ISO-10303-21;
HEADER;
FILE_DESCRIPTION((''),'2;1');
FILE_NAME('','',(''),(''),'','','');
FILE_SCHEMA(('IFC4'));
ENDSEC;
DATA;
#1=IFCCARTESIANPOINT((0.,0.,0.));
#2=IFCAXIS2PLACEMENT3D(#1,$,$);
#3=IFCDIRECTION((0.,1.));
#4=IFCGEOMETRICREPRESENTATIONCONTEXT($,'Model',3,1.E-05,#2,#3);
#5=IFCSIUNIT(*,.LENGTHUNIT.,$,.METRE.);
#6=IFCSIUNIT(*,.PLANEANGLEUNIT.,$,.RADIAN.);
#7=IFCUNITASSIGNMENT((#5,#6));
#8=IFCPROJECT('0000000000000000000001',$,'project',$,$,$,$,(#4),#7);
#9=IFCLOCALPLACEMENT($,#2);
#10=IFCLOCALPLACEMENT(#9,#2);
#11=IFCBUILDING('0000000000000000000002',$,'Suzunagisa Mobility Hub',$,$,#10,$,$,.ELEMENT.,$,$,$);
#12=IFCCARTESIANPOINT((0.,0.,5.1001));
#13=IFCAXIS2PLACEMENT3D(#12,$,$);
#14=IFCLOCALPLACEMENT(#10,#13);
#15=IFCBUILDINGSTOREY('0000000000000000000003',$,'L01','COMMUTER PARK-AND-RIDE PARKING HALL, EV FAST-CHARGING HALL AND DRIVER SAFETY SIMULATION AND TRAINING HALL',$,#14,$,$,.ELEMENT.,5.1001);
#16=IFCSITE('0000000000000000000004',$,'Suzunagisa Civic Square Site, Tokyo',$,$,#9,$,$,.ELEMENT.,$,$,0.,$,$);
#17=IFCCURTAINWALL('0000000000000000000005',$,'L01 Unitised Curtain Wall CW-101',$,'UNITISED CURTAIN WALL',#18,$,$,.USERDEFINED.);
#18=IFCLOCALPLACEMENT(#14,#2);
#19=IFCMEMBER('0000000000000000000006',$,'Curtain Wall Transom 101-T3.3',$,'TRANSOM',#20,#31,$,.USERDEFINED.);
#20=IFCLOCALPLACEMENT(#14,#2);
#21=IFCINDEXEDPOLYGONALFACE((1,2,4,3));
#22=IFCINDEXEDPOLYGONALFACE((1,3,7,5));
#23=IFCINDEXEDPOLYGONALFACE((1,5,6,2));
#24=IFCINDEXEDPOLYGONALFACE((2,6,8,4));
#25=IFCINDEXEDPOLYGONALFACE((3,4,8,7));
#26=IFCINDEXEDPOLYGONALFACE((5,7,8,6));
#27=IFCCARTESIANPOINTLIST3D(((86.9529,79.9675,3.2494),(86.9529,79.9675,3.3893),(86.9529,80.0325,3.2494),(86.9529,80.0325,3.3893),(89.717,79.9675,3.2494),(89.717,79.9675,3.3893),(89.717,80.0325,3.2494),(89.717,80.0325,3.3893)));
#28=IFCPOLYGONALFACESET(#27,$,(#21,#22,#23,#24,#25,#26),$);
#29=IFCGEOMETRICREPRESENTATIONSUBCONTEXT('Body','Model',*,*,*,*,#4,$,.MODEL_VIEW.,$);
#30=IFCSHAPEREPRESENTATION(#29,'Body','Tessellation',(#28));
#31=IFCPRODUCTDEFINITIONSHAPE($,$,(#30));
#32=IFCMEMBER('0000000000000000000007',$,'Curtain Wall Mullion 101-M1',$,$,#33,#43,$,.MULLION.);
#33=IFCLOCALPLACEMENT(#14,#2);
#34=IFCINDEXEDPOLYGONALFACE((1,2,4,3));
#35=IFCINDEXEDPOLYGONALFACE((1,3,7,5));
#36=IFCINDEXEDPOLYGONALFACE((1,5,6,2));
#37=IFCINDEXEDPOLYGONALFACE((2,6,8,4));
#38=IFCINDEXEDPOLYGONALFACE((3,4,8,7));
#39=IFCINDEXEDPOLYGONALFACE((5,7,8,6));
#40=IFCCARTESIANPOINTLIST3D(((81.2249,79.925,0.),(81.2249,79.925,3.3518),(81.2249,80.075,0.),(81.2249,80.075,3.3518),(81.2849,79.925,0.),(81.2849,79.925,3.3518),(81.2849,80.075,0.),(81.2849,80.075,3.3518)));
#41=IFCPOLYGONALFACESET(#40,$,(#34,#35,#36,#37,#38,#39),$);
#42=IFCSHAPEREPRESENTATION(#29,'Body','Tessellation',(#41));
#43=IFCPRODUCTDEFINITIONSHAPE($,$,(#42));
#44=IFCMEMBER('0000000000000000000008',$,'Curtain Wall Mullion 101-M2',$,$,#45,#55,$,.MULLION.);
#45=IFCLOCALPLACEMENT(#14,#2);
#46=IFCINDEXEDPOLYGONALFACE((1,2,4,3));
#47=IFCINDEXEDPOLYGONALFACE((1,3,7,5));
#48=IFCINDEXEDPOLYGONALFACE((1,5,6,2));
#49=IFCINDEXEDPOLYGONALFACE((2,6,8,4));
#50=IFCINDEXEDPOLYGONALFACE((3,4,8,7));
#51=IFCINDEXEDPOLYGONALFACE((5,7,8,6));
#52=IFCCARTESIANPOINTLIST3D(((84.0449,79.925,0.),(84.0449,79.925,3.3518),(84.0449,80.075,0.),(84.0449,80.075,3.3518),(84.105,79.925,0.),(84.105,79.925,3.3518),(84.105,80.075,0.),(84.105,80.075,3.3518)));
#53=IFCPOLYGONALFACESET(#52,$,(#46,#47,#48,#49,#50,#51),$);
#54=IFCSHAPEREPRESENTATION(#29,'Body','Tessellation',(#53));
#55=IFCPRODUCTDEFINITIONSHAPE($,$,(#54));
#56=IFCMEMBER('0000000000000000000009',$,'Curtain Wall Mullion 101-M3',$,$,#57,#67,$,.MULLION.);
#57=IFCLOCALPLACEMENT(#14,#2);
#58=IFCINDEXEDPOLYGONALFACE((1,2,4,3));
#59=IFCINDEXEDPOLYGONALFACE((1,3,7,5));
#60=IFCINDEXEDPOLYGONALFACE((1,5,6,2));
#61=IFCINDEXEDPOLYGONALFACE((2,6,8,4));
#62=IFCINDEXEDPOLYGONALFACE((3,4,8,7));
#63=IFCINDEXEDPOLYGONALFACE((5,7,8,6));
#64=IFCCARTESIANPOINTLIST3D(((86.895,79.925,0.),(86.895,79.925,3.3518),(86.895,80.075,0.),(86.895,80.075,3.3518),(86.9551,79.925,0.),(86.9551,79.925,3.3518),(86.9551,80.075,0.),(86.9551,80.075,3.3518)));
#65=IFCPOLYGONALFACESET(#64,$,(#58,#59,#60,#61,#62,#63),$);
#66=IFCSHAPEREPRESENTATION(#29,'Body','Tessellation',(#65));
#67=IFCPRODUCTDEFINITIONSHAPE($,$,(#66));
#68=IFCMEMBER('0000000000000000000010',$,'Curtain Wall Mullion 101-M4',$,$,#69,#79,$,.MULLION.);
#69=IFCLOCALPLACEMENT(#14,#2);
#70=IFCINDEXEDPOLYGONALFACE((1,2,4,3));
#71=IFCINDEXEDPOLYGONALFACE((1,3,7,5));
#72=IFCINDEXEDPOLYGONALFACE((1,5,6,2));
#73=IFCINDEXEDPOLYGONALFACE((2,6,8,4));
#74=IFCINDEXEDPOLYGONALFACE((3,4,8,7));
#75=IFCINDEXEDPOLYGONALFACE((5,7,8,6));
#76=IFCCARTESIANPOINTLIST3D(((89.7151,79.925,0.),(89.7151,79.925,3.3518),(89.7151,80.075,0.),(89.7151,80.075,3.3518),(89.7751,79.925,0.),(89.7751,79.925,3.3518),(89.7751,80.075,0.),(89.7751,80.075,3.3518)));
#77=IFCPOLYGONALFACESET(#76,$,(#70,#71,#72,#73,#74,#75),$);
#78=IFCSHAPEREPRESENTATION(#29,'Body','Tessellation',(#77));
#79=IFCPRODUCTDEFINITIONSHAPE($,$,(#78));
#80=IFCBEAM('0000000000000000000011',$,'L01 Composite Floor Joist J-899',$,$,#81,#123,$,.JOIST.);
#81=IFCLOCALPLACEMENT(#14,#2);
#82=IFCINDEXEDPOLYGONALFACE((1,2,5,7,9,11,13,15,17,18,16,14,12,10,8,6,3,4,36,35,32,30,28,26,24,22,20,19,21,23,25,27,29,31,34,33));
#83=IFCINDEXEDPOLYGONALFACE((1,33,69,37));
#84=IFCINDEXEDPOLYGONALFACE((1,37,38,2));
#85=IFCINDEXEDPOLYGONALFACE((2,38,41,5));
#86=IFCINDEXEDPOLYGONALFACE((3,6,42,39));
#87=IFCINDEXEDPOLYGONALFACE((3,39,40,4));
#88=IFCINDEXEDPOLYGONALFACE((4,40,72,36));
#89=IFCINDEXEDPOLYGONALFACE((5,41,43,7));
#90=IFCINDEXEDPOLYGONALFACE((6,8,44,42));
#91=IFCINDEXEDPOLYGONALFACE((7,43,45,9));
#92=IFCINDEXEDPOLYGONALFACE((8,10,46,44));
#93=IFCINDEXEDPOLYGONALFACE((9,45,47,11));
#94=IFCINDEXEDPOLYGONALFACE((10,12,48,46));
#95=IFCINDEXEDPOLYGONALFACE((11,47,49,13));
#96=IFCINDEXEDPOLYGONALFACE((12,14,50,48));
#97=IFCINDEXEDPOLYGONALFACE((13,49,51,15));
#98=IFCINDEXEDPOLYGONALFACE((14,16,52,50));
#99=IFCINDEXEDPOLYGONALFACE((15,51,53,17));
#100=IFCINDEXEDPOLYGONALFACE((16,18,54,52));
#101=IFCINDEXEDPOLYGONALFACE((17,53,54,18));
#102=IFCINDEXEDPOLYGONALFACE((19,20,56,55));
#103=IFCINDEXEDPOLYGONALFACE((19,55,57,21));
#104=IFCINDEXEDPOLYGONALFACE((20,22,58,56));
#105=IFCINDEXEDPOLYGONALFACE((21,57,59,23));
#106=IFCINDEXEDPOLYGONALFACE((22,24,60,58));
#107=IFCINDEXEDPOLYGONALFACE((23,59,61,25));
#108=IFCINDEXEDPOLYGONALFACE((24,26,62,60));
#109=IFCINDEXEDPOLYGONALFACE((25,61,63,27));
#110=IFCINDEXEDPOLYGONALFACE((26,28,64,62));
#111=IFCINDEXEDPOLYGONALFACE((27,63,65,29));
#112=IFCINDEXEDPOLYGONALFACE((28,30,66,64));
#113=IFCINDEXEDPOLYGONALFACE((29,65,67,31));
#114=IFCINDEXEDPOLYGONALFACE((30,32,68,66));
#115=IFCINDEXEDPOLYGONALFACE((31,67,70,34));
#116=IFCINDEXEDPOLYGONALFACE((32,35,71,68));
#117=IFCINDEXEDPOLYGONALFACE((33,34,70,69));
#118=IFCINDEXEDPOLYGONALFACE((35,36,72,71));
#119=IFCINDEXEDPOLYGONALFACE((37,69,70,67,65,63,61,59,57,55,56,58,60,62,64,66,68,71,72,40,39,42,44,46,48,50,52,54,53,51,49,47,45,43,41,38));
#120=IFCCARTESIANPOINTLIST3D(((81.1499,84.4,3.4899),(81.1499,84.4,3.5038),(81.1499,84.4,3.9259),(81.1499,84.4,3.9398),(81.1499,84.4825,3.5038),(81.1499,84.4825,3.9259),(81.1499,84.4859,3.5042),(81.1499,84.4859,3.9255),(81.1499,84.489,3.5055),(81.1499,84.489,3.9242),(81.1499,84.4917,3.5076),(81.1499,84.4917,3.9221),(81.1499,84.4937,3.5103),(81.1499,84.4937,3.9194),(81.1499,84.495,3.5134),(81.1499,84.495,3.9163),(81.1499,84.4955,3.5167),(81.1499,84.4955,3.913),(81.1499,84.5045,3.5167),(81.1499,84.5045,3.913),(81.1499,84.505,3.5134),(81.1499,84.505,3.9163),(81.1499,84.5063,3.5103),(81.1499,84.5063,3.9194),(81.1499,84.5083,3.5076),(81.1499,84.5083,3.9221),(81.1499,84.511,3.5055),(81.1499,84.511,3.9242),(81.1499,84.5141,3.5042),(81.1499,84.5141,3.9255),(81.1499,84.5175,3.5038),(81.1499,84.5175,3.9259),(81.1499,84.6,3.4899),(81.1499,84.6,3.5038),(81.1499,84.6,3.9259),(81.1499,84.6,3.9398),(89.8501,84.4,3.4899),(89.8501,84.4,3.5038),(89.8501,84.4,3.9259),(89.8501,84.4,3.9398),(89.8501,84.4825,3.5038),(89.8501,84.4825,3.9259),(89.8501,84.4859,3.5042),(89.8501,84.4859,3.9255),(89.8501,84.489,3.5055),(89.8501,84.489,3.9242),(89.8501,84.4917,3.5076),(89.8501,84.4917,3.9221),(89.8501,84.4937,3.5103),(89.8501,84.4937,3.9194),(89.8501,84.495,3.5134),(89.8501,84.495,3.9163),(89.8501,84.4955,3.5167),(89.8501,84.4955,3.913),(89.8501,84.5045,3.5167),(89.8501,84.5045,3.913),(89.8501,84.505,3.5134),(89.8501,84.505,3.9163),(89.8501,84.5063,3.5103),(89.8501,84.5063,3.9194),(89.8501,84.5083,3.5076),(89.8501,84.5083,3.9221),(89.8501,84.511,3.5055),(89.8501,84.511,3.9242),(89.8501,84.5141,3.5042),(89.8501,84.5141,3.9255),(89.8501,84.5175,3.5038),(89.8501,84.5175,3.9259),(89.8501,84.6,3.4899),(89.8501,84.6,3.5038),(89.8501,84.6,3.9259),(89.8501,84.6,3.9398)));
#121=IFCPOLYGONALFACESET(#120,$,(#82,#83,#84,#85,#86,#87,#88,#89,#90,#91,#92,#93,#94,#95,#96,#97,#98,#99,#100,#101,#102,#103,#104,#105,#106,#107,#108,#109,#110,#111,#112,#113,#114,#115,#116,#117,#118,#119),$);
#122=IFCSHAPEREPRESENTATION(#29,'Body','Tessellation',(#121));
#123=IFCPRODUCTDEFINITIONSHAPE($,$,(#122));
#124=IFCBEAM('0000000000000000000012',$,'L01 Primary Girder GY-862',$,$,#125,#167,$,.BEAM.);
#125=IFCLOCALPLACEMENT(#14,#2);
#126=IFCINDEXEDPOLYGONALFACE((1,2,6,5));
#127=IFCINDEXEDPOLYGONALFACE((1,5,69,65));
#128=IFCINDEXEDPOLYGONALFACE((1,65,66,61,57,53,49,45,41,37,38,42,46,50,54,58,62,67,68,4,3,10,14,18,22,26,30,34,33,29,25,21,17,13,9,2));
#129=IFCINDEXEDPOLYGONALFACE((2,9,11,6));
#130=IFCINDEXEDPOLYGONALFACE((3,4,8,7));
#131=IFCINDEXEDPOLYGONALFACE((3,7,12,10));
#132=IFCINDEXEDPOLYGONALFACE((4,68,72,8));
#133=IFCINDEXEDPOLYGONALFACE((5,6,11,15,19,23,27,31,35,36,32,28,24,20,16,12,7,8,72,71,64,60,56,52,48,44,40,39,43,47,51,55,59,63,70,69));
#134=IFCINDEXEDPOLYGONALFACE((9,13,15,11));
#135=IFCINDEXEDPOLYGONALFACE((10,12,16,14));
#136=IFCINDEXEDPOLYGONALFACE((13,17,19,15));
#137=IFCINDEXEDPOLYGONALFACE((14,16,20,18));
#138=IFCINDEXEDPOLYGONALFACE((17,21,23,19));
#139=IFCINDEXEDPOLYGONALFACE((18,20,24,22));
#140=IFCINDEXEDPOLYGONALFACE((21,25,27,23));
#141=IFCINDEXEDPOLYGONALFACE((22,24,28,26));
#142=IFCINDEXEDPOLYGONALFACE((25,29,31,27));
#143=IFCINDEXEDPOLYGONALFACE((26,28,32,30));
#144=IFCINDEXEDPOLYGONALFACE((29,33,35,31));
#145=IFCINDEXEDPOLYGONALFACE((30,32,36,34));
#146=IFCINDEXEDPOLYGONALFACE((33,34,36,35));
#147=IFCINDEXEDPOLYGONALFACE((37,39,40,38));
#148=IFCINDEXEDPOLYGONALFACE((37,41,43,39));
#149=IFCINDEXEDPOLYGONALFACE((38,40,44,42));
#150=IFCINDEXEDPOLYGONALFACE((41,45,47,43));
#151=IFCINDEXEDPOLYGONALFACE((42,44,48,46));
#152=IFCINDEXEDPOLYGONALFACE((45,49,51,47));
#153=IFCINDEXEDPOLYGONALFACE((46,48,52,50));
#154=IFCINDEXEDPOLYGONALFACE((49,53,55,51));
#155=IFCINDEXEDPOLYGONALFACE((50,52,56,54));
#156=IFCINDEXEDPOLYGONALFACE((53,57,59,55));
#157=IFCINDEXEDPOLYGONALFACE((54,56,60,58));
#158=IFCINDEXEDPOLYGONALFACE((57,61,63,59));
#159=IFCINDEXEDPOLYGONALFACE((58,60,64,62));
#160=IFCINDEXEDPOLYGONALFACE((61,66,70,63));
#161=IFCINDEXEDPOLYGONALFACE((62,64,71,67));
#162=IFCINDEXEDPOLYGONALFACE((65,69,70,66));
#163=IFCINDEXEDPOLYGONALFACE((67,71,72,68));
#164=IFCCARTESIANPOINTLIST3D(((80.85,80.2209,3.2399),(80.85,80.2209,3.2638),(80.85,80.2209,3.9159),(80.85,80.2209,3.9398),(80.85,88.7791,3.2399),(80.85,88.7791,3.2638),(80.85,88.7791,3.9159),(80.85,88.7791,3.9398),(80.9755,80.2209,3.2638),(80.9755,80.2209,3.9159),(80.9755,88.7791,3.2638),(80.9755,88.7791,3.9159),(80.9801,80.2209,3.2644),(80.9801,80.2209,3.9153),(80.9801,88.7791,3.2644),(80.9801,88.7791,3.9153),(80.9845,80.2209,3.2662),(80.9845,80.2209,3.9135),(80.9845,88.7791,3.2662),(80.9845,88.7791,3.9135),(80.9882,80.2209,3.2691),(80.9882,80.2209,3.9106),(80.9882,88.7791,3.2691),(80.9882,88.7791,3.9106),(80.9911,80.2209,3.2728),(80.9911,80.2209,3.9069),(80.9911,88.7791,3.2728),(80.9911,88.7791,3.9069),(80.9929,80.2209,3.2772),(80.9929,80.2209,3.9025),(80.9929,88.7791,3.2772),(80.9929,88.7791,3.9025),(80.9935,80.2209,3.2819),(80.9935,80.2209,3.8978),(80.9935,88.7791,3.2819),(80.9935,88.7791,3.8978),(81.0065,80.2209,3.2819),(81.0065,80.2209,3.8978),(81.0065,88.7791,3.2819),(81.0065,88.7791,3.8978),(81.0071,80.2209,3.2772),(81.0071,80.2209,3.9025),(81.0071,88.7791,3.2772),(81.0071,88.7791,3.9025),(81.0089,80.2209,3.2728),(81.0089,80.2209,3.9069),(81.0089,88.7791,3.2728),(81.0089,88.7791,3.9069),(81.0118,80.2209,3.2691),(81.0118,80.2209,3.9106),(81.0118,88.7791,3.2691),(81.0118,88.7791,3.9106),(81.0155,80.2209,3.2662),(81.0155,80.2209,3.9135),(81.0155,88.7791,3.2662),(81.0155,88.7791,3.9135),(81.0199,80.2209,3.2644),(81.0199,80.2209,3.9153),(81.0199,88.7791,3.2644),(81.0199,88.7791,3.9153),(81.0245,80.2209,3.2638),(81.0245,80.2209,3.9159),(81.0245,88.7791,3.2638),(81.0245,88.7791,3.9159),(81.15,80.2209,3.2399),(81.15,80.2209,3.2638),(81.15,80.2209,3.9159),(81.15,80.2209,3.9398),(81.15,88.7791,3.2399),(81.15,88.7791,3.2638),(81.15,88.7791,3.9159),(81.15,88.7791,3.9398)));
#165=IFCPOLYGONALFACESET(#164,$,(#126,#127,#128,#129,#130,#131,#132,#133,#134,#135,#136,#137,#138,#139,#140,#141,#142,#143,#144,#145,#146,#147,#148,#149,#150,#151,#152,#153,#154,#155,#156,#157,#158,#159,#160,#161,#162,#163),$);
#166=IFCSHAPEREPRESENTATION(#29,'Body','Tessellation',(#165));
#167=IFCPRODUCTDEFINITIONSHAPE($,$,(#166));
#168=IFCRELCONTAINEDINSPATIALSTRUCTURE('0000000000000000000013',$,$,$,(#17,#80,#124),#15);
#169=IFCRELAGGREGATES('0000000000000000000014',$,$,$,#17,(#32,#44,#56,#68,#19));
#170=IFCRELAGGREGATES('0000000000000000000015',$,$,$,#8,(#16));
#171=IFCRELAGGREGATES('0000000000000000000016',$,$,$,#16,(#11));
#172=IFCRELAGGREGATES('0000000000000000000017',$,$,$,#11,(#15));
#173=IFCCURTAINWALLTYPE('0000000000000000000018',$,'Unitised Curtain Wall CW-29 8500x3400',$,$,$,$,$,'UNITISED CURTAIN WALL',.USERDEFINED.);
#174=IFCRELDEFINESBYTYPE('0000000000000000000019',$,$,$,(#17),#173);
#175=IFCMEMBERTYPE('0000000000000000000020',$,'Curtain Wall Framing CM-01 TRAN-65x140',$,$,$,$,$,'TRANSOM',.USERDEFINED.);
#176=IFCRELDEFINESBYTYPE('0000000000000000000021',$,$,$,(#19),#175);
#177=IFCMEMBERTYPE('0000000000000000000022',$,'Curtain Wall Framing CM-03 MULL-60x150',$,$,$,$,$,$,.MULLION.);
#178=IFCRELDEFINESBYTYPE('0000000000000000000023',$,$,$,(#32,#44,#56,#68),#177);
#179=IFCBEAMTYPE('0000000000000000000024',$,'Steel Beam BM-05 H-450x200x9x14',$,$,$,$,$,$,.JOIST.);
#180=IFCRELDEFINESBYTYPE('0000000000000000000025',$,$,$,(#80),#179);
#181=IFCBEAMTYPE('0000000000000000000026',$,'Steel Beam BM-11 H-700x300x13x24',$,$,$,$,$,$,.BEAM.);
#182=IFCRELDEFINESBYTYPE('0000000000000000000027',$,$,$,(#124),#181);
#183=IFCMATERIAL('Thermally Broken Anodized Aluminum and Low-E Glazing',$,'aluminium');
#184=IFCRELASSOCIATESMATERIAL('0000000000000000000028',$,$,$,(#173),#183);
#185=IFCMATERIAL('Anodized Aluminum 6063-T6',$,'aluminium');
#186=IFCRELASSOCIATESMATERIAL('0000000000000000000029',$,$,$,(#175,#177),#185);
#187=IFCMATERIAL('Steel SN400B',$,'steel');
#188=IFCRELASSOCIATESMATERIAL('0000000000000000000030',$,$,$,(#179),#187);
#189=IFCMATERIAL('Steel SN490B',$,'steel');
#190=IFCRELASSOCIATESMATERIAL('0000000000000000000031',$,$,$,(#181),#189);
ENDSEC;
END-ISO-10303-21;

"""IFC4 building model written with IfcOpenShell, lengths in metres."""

from ifc_helpers import new_model, si_unit, direction, frame, origin, origin_2d, place, context, subcontext, project, spatial, rectangle, i_section, extrude, material, material_profile, profile_set, type_object, element, aggregate, save


model = new_model("IFC4")

# Units and contexts
model_context = context("Model", 3, precision=1e-05, world=origin(), true_north=direction((0.0, 1.0)))
body_context = subcontext(model_context, "Body", "Model", "MODEL_VIEW")
ifc_project = project(units=[si_unit("LENGTHUNIT", "METRE"), si_unit("PLANEANGLEUNIT", "RADIAN")], contexts=[model_context])

# Site, building, storey
site_placement = place(None, origin())
site = spatial("IfcSite", under=ifc_project, at=site_placement, Name="Suzunagisa Civic Square Site, Tokyo", CompositionType="ELEMENT", RefElevation=0.0)
building_placement = place(site_placement, origin())
building = spatial("IfcBuilding", under=site, at=building_placement, Name="Suzunagisa Mobility Hub", CompositionType="ELEMENT")
storey_placement = place(building_placement, frame((0.0, 0.0, 5.1001)))
storey = spatial("IfcBuildingStorey", under=building, at=storey_placement, Name="L01", Description="COMMUTER PARK-AND-RIDE PARKING HALL, EV FAST-CHARGING HALL AND DRIVER SAFETY SIMULATION AND TRAINING HALL", CompositionType="ELEMENT", Elevation=5.1001)

# Shared definitions
ifc_material_1 = material(Name="Steel SN490B", Category="steel")

# Curtain wall, members
ifc_material_2 = material(Name="Thermally Broken Anodized Aluminum and Low-E Glazing", Category="aluminium")
curtain_wall_type = type_object("IfcCurtainWallType", Name="Unitised Curtain Wall CW-29 8500x3400", ElementType="UNITISED CURTAIN WALL", PredefinedType="USERDEFINED", material=ifc_material_2)
curtain_wall_placement = place(storey_placement, origin())
curtain_wall = element("IfcCurtainWall", 1, at=curtain_wall_placement, inside=storey, type_object=curtain_wall_type, Name="L01 Unitised Curtain Wall CW-101", ObjectType="UNITISED CURTAIN WALL", PredefinedType="USERDEFINED")
ifc_material_3 = material(Name="Anodized Aluminum 6063-T6", Category="aluminium")
ifc_material_profile_1 = material_profile(ifc_material_3, rectangle(XDim=0.0649, YDim=0.1399, at=origin_2d()), Name="TRAN-65x140")
ifc_profile_set_1 = profile_set([ifc_material_profile_1], Name="Anodized Aluminum 6063-T6")
member_type_1 = type_object("IfcMemberType", Name="Curtain Wall Framing CM-01 TRAN-65x140", ElementType="TRANSOM", PredefinedType="USERDEFINED", material=ifc_profile_set_1)
member_1_placement = place(storey_placement, frame((86.9529, 80.0, 3.3193), z_axis=(1.0, 0.0, 0.0), x_axis=(0.0, 1.0, 0.0)))
member_1 = element("IfcMember", 2, at=member_1_placement, type_object=member_type_1, Name="Curtain Wall Transom 101-T3.3", ObjectType="TRANSOM", PredefinedType="USERDEFINED", context=body_context, shape_type="SweptSolid", body=[
    extrude(rectangle(XDim=0.0649, YDim=0.1399, at=origin_2d()), origin(), (0.0, 0.0, 1.0), 2.7642),
])
ifc_material_profile_2 = material_profile(ifc_material_3, rectangle(XDim=0.0601, YDim=0.1499, at=origin_2d()), Name="MULL-60x150")
ifc_profile_set_2 = profile_set([ifc_material_profile_2], Name="Anodized Aluminum 6063-T6")
member_type_2 = type_object("IfcMemberType", Name="Curtain Wall Framing CM-03 MULL-60x150", PredefinedType="MULLION", material=ifc_profile_set_2)
member_2_placement = place(storey_placement, frame((81.2549, 80.0, 0.0), z_axis=(0.0, 0.0, 1.0), x_axis=(1.0, 0.0, 0.0)))
member_2 = element("IfcMember", 3, at=member_2_placement, type_object=member_type_2, Name="Curtain Wall Mullion 101-M1", PredefinedType="MULLION", context=body_context, shape_type="SweptSolid", body=[
    extrude(rectangle(XDim=0.0601, YDim=0.1499, at=origin_2d()), origin(), (0.0, 0.0, 1.0), 3.3518),
])
member_3_placement = place(storey_placement, frame((84.075, 80.0, 0.0), z_axis=(0.0, 0.0, 1.0), x_axis=(1.0, 0.0, 0.0)))
member_3 = element("IfcMember", 4, at=member_3_placement, type_object=member_type_2, Name="Curtain Wall Mullion 101-M2", PredefinedType="MULLION", context=body_context, shape_type="SweptSolid", body=[
    extrude(rectangle(XDim=0.0601, YDim=0.1499, at=origin_2d()), origin(), (0.0, 0.0, 1.0), 3.3518),
])
member_4_placement = place(storey_placement, frame((86.925, 80.0, 0.0), z_axis=(0.0, 0.0, 1.0), x_axis=(1.0, 0.0, 0.0)))
member_4 = element("IfcMember", 5, at=member_4_placement, type_object=member_type_2, Name="Curtain Wall Mullion 101-M3", PredefinedType="MULLION", context=body_context, shape_type="SweptSolid", body=[
    extrude(rectangle(XDim=0.0601, YDim=0.1499, at=origin_2d()), origin(), (0.0, 0.0, 1.0), 3.3518),
])
member_5_placement = place(storey_placement, frame((89.7451, 80.0, 0.0), z_axis=(0.0, 0.0, 1.0), x_axis=(1.0, 0.0, 0.0)))
member_5 = element("IfcMember", 6, at=member_5_placement, type_object=member_type_2, Name="Curtain Wall Mullion 101-M4", PredefinedType="MULLION", context=body_context, shape_type="SweptSolid", body=[
    extrude(rectangle(XDim=0.0601, YDim=0.1499, at=origin_2d()), origin(), (0.0, 0.0, 1.0), 3.3518),
])

# Beams
ifc_material_4 = material(Name="Steel SN400B", Category="steel")
ifc_material_profile_3 = material_profile(ifc_material_4, i_section(OverallWidth=0.2, OverallDepth=0.45, WebThickness=0.009, FlangeThickness=0.0139, FilletRadius=0.0129, at=origin_2d()), Name="H-450x200x9x14")
ifc_profile_set_3 = profile_set([ifc_material_profile_3], Name="Steel SN400B")
beam_type_1 = type_object("IfcBeamType", Name="Steel Beam BM-05 H-450x200x9x14", PredefinedType="JOIST", material=ifc_profile_set_3)
beam_placement = place(storey_placement, frame((81.1499, 84.5, 3.7148), z_axis=(1.0, 0.0, 0.0), x_axis=(0.0, 1.0, 0.0)))
element("IfcBeam", 7, at=beam_placement, inside=storey, type_object=beam_type_1, Name="L01 Composite Floor Joist J-899", PredefinedType="JOIST", context=body_context, shape_type="SweptSolid", body=[
    extrude(i_section(OverallWidth=0.2, OverallDepth=0.45, WebThickness=0.009, FlangeThickness=0.0139, FilletRadius=0.0129, at=origin_2d()), origin(), (0.0, 0.0, 1.0), 8.7002),
])
ifc_material_profile_4 = material_profile(ifc_material_1, i_section(OverallWidth=0.3, OverallDepth=0.7, WebThickness=0.0129, FlangeThickness=0.0239, FilletRadius=0.0181, at=origin_2d()), Name="H-700x300x13x24")
ifc_profile_set_4 = profile_set([ifc_material_profile_4], Name="Steel SN490B")
beam_type_2 = type_object("IfcBeamType", Name="Steel Beam BM-11 H-700x300x13x24", PredefinedType="BEAM", material=ifc_profile_set_4)
for number, where, z_axis, x_axis, name in (
    (8, (81.0, 80.2209, 3.5898), (0.0, 1.0, 0.0), (-1.0, 0.0, 0.0), "L01 Primary Girder GY-862"),
):
    element("IfcBeam", number, at=place(storey_placement, frame(where, z_axis=z_axis, x_axis=x_axis)), inside=storey, type_object=beam_type_2, Name=name, PredefinedType="BEAM", context=body_context, shape_type="SweptSolid", body=[
        extrude(i_section(OverallWidth=0.3, OverallDepth=0.7, WebThickness=0.0129, FlangeThickness=0.0239, FilletRadius=0.0181, at=origin_2d()), origin(), (0.0, 0.0, 1.0), 8.5581),
    ])

aggregate(curtain_wall, [member_2, member_3, member_4, member_5, member_1])

save(model, "model.ifc")
